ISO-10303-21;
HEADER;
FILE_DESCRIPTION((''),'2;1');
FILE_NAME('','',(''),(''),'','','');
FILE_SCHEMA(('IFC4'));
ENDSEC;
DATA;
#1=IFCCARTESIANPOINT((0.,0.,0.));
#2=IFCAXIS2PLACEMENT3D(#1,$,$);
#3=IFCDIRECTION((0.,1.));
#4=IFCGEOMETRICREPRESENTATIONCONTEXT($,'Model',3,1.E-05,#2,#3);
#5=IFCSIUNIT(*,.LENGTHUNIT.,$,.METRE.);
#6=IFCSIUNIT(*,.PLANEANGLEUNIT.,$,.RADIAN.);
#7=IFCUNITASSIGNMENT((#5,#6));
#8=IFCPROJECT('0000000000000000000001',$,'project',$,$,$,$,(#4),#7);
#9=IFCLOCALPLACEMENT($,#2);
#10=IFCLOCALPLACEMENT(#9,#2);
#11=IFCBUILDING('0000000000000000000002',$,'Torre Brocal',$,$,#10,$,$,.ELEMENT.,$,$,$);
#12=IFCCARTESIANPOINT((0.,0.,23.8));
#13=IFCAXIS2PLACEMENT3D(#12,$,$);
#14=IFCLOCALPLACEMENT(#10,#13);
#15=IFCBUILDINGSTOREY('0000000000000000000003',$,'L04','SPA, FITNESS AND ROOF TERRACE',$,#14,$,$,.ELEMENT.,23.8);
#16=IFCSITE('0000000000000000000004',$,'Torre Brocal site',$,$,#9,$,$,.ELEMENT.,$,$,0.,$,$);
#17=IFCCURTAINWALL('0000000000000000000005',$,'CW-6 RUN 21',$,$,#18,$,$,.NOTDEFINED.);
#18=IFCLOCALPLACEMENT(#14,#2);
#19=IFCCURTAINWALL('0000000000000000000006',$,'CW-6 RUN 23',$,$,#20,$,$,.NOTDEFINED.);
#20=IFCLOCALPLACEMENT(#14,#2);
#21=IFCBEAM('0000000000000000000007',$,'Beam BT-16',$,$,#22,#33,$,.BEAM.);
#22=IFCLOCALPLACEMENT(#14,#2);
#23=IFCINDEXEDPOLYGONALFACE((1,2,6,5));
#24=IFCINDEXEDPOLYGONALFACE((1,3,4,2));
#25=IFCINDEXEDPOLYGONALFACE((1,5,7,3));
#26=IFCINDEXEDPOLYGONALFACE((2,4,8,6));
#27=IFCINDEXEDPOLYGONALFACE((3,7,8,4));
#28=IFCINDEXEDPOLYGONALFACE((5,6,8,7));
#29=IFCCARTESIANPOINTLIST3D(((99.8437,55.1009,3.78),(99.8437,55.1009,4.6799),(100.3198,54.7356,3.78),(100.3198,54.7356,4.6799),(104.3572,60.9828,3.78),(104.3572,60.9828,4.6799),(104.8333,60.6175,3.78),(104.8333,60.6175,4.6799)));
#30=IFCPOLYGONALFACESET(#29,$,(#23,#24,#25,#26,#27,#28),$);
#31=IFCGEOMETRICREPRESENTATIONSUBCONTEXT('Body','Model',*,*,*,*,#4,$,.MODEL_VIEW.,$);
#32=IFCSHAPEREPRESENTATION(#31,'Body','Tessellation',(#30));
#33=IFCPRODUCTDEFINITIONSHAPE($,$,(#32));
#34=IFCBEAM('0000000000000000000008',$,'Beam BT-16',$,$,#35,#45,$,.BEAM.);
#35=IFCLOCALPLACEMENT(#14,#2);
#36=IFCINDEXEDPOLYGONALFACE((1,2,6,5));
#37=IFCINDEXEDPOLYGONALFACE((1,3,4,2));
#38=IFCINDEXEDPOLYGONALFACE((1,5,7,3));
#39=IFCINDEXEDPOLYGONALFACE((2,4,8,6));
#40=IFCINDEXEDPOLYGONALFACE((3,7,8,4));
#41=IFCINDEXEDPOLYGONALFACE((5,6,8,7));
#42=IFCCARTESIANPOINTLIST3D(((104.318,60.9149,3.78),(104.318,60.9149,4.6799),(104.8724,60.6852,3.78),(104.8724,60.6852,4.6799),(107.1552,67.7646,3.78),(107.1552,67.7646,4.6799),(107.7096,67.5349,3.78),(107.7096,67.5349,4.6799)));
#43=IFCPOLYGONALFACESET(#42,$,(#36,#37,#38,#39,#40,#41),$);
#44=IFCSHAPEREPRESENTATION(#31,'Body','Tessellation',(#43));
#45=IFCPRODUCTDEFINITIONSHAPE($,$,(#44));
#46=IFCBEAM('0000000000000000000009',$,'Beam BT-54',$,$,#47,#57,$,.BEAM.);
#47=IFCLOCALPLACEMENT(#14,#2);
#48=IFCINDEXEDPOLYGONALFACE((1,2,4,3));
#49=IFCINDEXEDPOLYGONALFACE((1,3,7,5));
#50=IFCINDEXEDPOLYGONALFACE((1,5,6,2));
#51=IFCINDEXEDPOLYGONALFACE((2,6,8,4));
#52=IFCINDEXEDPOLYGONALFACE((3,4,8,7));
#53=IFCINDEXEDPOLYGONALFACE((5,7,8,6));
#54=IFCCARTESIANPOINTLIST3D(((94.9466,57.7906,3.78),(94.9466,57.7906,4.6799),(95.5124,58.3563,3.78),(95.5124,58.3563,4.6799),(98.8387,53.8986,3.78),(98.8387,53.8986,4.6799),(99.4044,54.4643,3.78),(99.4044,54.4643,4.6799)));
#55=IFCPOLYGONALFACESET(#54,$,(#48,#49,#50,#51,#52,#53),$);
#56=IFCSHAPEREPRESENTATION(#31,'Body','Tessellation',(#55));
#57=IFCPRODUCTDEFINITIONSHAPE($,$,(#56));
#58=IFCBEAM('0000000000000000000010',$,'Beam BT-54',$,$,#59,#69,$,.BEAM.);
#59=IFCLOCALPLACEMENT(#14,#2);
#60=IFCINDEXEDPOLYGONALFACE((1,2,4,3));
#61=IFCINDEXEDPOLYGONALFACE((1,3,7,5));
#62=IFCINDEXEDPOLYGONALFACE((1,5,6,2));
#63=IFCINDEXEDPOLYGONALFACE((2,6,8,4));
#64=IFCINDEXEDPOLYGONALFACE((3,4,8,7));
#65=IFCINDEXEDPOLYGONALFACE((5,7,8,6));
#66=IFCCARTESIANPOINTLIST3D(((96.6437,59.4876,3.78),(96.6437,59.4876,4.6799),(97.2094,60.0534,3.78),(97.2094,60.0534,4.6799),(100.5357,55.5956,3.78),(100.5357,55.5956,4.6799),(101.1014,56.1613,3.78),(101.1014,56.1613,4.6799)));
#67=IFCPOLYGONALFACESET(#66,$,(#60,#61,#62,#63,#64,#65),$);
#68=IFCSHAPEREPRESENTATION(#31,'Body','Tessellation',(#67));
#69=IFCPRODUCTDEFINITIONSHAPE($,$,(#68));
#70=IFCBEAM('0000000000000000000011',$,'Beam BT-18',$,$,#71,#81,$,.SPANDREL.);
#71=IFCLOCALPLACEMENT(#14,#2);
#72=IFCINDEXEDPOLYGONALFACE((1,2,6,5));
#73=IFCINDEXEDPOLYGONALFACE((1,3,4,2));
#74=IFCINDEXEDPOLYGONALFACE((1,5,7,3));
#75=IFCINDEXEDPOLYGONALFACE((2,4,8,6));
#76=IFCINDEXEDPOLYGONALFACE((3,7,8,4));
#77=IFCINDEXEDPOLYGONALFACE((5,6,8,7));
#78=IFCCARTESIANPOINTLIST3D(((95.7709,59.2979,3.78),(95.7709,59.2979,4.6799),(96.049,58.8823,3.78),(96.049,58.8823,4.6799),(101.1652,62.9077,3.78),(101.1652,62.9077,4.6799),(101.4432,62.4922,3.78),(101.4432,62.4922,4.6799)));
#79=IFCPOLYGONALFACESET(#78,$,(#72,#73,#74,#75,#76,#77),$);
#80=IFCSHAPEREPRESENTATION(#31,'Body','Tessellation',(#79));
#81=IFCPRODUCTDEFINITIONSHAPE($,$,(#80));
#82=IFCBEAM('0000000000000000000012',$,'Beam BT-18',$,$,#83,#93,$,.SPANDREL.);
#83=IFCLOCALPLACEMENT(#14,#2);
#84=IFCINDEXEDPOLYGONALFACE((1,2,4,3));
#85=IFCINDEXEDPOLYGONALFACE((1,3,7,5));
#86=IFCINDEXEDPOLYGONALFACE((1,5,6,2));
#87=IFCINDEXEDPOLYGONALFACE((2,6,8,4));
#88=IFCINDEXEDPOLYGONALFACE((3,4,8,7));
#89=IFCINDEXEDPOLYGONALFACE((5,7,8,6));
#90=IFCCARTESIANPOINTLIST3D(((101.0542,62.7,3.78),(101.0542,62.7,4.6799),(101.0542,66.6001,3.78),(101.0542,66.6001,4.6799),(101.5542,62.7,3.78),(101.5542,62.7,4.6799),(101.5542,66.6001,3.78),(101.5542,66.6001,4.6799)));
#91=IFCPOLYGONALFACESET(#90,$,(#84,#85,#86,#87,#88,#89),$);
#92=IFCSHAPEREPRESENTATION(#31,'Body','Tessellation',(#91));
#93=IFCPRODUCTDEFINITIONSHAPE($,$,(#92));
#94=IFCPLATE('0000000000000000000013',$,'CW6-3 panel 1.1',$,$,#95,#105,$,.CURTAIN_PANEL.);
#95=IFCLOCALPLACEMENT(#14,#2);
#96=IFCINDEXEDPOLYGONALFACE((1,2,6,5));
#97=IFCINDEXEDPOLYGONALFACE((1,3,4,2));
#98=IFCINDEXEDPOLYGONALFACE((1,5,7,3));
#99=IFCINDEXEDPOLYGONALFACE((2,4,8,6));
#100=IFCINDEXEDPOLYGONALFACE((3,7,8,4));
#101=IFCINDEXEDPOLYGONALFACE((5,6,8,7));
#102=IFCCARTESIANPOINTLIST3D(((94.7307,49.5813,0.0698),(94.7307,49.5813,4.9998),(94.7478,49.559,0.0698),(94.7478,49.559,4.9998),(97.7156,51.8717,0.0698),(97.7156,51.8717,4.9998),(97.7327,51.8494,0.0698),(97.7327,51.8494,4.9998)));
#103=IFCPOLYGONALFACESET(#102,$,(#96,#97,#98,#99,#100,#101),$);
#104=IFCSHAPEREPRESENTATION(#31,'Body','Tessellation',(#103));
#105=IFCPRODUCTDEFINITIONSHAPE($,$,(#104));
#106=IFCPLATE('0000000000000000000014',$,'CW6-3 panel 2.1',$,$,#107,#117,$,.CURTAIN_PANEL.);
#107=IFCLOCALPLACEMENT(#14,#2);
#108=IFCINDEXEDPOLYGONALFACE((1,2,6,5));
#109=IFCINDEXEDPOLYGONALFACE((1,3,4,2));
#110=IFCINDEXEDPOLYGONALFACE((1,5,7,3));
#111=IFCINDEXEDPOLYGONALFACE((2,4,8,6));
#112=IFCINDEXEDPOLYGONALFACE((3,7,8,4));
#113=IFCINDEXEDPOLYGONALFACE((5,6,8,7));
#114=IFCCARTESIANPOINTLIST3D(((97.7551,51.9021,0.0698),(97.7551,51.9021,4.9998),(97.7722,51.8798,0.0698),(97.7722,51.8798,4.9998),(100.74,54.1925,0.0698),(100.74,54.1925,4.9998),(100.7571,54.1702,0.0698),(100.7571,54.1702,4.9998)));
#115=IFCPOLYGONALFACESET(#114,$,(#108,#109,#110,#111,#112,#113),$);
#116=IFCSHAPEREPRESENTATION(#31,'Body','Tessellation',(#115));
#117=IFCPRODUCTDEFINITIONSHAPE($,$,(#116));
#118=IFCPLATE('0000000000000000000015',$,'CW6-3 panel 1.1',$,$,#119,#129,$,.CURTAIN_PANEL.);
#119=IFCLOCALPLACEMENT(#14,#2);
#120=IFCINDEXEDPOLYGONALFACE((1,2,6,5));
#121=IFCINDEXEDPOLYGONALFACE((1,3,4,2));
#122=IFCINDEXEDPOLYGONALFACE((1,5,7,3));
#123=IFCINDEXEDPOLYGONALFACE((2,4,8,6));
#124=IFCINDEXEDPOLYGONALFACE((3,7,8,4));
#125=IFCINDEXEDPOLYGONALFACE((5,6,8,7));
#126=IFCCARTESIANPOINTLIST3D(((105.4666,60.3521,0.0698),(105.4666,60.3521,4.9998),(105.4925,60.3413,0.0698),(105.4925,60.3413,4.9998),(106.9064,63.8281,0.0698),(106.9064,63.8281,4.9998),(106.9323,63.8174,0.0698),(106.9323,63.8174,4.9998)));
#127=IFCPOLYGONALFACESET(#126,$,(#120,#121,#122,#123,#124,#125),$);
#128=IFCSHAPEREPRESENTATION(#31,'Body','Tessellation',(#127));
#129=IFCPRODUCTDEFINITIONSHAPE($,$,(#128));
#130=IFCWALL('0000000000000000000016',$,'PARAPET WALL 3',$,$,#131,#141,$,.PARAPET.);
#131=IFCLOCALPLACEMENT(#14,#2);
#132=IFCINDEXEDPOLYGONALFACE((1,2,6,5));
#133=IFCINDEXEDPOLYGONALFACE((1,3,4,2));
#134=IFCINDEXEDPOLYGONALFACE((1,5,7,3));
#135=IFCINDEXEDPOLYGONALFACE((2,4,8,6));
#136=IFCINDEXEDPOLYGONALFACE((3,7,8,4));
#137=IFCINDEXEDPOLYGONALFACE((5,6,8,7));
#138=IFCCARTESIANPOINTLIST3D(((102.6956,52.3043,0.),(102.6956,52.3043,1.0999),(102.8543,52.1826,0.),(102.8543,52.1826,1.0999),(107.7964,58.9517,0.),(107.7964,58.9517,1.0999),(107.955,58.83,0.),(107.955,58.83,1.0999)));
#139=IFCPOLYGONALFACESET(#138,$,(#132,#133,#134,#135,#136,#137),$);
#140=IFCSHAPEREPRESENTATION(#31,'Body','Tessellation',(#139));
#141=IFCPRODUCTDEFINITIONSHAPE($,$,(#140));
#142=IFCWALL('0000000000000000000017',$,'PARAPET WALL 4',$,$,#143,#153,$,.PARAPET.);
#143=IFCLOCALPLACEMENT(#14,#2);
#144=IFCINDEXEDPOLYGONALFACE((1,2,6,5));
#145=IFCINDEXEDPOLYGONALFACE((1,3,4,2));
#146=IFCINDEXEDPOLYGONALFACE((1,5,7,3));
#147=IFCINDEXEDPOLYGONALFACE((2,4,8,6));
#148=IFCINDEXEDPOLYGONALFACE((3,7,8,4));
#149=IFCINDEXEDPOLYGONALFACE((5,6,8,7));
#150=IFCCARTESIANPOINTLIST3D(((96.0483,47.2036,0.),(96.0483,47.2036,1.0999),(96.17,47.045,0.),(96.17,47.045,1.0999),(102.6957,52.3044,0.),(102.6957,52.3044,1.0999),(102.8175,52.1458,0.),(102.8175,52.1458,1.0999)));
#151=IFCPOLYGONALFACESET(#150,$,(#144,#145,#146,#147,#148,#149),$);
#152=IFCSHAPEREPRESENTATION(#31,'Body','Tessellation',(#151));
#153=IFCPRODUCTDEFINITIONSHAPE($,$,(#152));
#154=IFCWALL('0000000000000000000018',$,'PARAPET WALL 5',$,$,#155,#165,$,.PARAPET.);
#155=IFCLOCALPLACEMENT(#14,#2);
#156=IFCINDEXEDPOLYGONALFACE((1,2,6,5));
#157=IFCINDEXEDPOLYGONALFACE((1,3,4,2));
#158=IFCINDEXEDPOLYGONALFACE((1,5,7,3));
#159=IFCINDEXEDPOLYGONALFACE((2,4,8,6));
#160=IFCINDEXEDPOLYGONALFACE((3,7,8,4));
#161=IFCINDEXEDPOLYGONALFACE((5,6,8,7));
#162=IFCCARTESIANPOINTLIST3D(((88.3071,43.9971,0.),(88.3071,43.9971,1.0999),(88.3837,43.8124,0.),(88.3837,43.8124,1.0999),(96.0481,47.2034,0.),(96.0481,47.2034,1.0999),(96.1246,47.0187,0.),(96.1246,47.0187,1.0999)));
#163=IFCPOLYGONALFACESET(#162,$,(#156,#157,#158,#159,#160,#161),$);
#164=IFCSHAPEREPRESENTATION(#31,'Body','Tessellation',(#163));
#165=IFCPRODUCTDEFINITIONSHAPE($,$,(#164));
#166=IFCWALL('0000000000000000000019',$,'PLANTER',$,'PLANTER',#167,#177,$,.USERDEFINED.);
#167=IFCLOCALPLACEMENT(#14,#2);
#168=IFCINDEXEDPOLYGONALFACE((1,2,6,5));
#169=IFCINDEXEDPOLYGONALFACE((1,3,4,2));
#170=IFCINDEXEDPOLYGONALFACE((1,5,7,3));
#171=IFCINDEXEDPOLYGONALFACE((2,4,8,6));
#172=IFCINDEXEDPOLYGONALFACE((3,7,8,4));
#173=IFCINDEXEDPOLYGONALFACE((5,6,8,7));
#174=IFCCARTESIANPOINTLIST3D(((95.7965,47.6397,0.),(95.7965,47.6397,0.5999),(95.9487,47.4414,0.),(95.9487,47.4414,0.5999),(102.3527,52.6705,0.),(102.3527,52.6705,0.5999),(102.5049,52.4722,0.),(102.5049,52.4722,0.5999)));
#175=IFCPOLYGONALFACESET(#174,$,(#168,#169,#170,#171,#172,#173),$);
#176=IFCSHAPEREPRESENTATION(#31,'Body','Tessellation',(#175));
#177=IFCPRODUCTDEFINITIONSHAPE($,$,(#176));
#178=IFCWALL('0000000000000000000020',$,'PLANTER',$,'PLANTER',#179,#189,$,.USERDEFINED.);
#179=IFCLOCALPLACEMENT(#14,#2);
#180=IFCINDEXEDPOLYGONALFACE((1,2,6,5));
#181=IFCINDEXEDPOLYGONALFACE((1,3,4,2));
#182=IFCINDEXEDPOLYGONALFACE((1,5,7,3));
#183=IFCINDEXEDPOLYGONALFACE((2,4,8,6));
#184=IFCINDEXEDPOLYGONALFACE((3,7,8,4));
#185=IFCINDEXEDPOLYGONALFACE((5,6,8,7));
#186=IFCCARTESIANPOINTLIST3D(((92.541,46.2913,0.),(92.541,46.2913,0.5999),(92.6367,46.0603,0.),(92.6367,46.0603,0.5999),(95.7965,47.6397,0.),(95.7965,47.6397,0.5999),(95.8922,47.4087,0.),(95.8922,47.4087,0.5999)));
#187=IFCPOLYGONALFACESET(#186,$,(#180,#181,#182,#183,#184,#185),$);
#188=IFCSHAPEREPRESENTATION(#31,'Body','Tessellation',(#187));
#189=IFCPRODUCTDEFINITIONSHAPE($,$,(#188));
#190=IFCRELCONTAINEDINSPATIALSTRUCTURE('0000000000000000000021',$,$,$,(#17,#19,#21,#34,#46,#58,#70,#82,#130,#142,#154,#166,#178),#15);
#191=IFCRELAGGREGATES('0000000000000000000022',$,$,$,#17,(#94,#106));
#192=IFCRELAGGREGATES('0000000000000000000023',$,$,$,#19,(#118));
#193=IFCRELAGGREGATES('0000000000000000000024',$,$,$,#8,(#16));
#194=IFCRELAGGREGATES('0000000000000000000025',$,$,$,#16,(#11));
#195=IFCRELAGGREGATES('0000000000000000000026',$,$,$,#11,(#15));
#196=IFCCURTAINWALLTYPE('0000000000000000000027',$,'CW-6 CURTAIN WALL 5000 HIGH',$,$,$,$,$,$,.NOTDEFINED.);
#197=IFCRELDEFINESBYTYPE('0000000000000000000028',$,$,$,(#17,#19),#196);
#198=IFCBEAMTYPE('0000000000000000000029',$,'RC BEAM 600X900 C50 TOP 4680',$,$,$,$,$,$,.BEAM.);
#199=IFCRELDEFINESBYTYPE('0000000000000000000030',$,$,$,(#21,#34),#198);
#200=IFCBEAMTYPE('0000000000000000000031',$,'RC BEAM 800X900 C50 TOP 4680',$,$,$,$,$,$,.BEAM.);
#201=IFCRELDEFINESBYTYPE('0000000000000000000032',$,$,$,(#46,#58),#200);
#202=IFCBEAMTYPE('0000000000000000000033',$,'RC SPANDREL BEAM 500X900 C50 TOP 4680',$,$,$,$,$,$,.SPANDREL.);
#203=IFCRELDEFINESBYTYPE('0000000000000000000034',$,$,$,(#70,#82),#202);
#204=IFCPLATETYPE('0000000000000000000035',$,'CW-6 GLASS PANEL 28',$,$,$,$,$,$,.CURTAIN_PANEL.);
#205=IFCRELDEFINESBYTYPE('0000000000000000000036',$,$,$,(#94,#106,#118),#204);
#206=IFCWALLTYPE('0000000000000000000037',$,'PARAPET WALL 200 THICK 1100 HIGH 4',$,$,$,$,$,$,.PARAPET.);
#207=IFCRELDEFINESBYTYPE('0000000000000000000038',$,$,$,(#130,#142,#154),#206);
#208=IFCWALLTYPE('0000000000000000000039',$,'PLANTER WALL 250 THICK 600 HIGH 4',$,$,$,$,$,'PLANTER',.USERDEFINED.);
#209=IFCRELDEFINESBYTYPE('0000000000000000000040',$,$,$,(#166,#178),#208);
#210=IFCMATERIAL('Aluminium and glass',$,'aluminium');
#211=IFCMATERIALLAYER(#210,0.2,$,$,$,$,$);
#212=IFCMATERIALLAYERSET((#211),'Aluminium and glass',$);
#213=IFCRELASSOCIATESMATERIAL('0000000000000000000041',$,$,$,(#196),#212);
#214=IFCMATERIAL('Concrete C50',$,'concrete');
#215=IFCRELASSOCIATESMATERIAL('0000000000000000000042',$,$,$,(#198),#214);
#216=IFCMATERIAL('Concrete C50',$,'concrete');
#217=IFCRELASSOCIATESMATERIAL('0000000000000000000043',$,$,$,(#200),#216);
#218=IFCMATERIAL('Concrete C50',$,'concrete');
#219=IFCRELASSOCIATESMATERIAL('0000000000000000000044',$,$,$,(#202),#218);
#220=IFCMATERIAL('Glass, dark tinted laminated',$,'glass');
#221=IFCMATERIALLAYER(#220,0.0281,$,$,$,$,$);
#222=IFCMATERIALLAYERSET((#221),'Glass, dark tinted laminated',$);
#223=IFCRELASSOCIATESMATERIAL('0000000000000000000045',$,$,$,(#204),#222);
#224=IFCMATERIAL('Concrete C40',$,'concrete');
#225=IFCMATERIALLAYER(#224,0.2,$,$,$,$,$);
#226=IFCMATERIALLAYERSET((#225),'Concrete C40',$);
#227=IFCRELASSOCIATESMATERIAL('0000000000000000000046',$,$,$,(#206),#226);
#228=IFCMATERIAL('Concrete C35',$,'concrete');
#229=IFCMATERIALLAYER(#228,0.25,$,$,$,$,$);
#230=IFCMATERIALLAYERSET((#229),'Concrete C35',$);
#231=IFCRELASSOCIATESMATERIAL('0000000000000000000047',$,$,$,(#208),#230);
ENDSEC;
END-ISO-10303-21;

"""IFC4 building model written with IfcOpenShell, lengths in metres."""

from ifc_helpers import new_model, si_unit, direction, frame, frame_2d, origin, origin_2d, place, context, subcontext, project, spatial, rectangle, extrude, material, layer, layer_set, material_profile, profile_set, type_object, element, aggregate, save


model = new_model("IFC4")

# Units and contexts
model_context = context("Model", 3, precision=1e-05, world=origin(), true_north=direction((0.0, 1.0)))
body_context = subcontext(model_context, "Body", "Model", "MODEL_VIEW")
ifc_project = project(units=[si_unit("LENGTHUNIT", "METRE"), si_unit("PLANEANGLEUNIT", "RADIAN")], contexts=[model_context])

# Site, building, storey
site_placement = place(None, origin())
site = spatial("IfcSite", under=ifc_project, at=site_placement, Name="Torre Brocal site", CompositionType="ELEMENT", RefElevation=0.0)
building_placement = place(site_placement, origin())
building = spatial("IfcBuilding", under=site, at=building_placement, Name="Torre Brocal", CompositionType="ELEMENT")
storey_placement = place(building_placement, frame((0.0, 0.0, 23.8)))
storey = spatial("IfcBuildingStorey", under=building, at=storey_placement, Name="L04", Description="SPA, FITNESS AND ROOF TERRACE", CompositionType="ELEMENT", Elevation=23.8)

# Shared definitions
ifc_material_1 = material(Name="Aluminium and glass", Category="aluminium")
ifc_layer_1 = layer(ifc_material_1, 0.2)
ifc_layer_set_1 = layer_set([ifc_layer_1], Name="Aluminium and glass")
curtain_wall_type = type_object("IfcCurtainWallType", Name="CW-6 CURTAIN WALL 5000 HIGH", PredefinedType="NOTDEFINED", material=ifc_layer_set_1)

# Curtain wall
curtain_wall_1_placement = place(storey_placement, origin())
curtain_wall_1 = element("IfcCurtainWall", 1, at=curtain_wall_1_placement, inside=storey, type_object=curtain_wall_type, Name="CW-6 RUN 21", PredefinedType="NOTDEFINED")

# Curtain wall
curtain_wall_2_placement = place(storey_placement, origin())
curtain_wall_2 = element("IfcCurtainWall", 2, at=curtain_wall_2_placement, inside=storey, type_object=curtain_wall_type, Name="CW-6 RUN 23", PredefinedType="NOTDEFINED")

# Beams
ifc_material_2 = material(Name="Concrete C50", Category="concrete")
ifc_material_profile_1 = material_profile(ifc_material_2, rectangle(XDim=0.6001, YDim=0.8999, at=origin_2d()), Name="RC 600X900")
ifc_profile_set_1 = profile_set([ifc_material_profile_1], Name="Concrete C50")
beam_type_1 = type_object("IfcBeamType", Name="RC BEAM 600X900 C50 TOP 4680", PredefinedType="BEAM", material=ifc_profile_set_1)
for number, where, z_axis, x_axis, name in (
    (3, (100.0818, 54.9182, 4.23), (0.608773, 0.793344, 0.0), (-0.793344, 0.608773, 0.0), "Beam BT-16"),
    (4, (104.5952, 60.8, 4.23), (0.382678, 0.923882, 0.0), (-0.923882, 0.382678, 0.0), "Beam BT-16"),
):
    element("IfcBeam", number, at=place(storey_placement, frame(where, z_axis=z_axis, x_axis=x_axis)), inside=storey, type_object=beam_type_1, Name=name, PredefinedType="BEAM", context=body_context, shape_type="SweptSolid", body=[
        extrude(rectangle(XDim=0.6001, YDim=0.8999, at=origin_2d()), origin(), (0.0, 0.0, 1.0), 7.4141),
    ])
ifc_material_3 = material(Name="Concrete C50", Category="concrete")
ifc_material_profile_2 = material_profile(ifc_material_3, rectangle(XDim=0.8, YDim=0.8999, at=origin_2d()), Name="RC 800X900")
ifc_profile_set_2 = profile_set([ifc_material_profile_2], Name="Concrete C50")
beam_type_2 = type_object("IfcBeamType", Name="RC BEAM 800X900 C50 TOP 4680", PredefinedType="BEAM", material=ifc_profile_set_2)
for number, where, z_axis, x_axis, name in (
    (5, (95.2295, 58.0735, 4.23), (0.707107, -0.707107, 0.0), (0.707107, 0.707107, 0.0), "Beam BT-54"),
    (6, (96.9265, 59.7705, 4.23), (0.707107, -0.707107, 0.0), (0.707107, 0.707107, 0.0), "Beam BT-54"),
):
    element("IfcBeam", number, at=place(storey_placement, frame(where, z_axis=z_axis, x_axis=x_axis)), inside=storey, type_object=beam_type_2, Name=name, PredefinedType="BEAM", context=body_context, shape_type="SweptSolid", body=[
        extrude(rectangle(XDim=0.8, YDim=0.8999, at=origin_2d()), origin(), (0.0, 0.0, 1.0), 5.5042),
    ])
ifc_material_4 = material(Name="Concrete C50", Category="concrete")
ifc_material_profile_3 = material_profile(ifc_material_4, rectangle(XDim=0.5, YDim=0.8999, at=origin_2d()), Name="RC 500X900")
ifc_profile_set_3 = profile_set([ifc_material_profile_3], Name="Concrete C50")
beam_type_3 = type_object("IfcBeamType", Name="RC SPANDREL BEAM 500X900 C50 TOP 4680", PredefinedType="SPANDREL", material=ifc_profile_set_3)
beam_1_placement = place(storey_placement, frame((95.9099, 59.0901, 4.23), z_axis=(0.831077, 0.556158, 0.0), x_axis=(-0.556158, 0.831077, 0.0)))
element("IfcBeam", 7, at=beam_1_placement, inside=storey, type_object=beam_type_3, Name="Beam BT-18", PredefinedType="SPANDREL", context=body_context, shape_type="SweptSolid", body=[
    extrude(rectangle(XDim=0.5, YDim=0.8999, at=origin_2d()), origin(), (0.0, 0.0, 1.0), 6.4907),
])
beam_2_placement = place(storey_placement, frame((101.3042, 62.7, 4.23), z_axis=(0.0, 1.0, 0.0), x_axis=(-1.0, 0.0, 0.0)))
element("IfcBeam", 8, at=beam_2_placement, inside=storey, type_object=beam_type_3, Name="Beam BT-18", PredefinedType="SPANDREL", context=body_context, shape_type="SweptSolid", body=[
    extrude(rectangle(XDim=0.5, YDim=0.8999, at=origin_2d()), origin(), (0.0, 0.0, 1.0), 3.9001),
])

# Plates
ifc_material_5 = material(Name="Glass, dark tinted laminated", Category="glass")
ifc_layer_2 = layer(ifc_material_5, 0.0281)
ifc_layer_set_2 = layer_set([ifc_layer_2], Name="Glass, dark tinted laminated")
plate_type = type_object("IfcPlateType", Name="CW-6 GLASS PANEL 28", PredefinedType="CURTAIN_PANEL", material=ifc_layer_set_2)
plate_1_placement = place(storey_placement, frame((96.2317, 50.7153, 0.0698), z_axis=(0.0, 0.0, 1.0), x_axis=(0.793353, 0.608761, 0.0)))
plate_1 = element("IfcPlate", 9, at=plate_1_placement, type_object=plate_type, Name="CW6-3 panel 1.1", PredefinedType="CURTAIN_PANEL", context=body_context, shape_type="SweptSolid", body=[
    extrude(rectangle(XDim=3.7625, YDim=0.0281, at=origin_2d()), origin(), (0.0, 0.0, 1.0), 4.9299),
])
plate_2_placement = place(storey_placement, frame((99.2561, 53.0361, 0.0698), z_axis=(0.0, 0.0, 1.0), x_axis=(0.793353, 0.608761, 0.0)))
plate_2 = element("IfcPlate", 10, at=plate_2_placement, type_object=plate_type, Name="CW6-3 panel 2.1", PredefinedType="CURTAIN_PANEL", context=body_context, shape_type="SweptSolid", body=[
    extrude(rectangle(XDim=3.7625, YDim=0.0281, at=origin_2d()), origin(), (0.0, 0.0, 1.0), 4.9299),
])
aggregate(curtain_wall_1, [plate_1, plate_2])
plate_3_placement = place(storey_placement, frame((106.1995, 62.0847, 0.0698), z_axis=(0.0, 0.0, 1.0), x_axis=(0.382683, 0.92388, 0.0)))
plate_3 = element("IfcPlate", 11, at=plate_3_placement, type_object=plate_type, Name="CW6-3 panel 1.1", PredefinedType="CURTAIN_PANEL", context=body_context, shape_type="SweptSolid", body=[
    extrude(rectangle(XDim=3.7625, YDim=0.0281, at=origin_2d()), origin(), (0.0, 0.0, 1.0), 4.9299),
])
aggregate(curtain_wall_2, [plate_3])

# Walls
ifc_material_6 = material(Name="Concrete C40", Category="concrete")
ifc_layer_3 = layer(ifc_material_6, 0.2)
ifc_layer_set_3 = layer_set([ifc_layer_3], Name="Concrete C40")
wall_type_1 = type_object("IfcWallType", Name="PARAPET WALL 200 THICK 1100 HIGH 4", PredefinedType="PARAPET", material=ifc_layer_set_3)
for number, where, z_axis, x_axis, name in (
    (12, (107.8757, 58.8909, 0.0), (0.0, 0.0, 1.0), (-0.608765, -0.79335, 0.0), "PARAPET WALL 3"),
    (13, (102.7566, 52.2251, 0.0), (0.0, 0.0, 1.0), (-0.79335, -0.608765, 0.0), "PARAPET WALL 4"),
):
    element("IfcWall", number, at=place(storey_placement, frame(where, z_axis=z_axis, x_axis=x_axis)), inside=storey, type_object=wall_type_1, Name=name, PredefinedType="PARAPET", context=body_context, shape_type="SweptSolid", body=[
        extrude(rectangle(XDim=8.3789, YDim=0.2, at=frame_2d((4.1895, 0.0))), origin(), (0.0, 0.0, 1.0), 1.0999),
    ])
wall_1_placement = place(storey_placement, frame((96.0864, 47.1111, 0.0), z_axis=(0.0, 0.0, 1.0), x_axis=(-0.923884, -0.382672, 0.0)))
element("IfcWall", 14, at=wall_1_placement, inside=storey, type_object=wall_type_1, Name="PARAPET WALL 5", PredefinedType="PARAPET", context=body_context, shape_type="SweptSolid", body=[
    extrude(rectangle(XDim=8.3787, YDim=0.2, at=frame_2d((4.1895, 0.0))), origin(), (0.0, 0.0, 1.0), 1.0999),
])
ifc_material_7 = material(Name="Concrete C35", Category="concrete")
ifc_layer_4 = layer(ifc_material_7, 0.25)
ifc_layer_set_4 = layer_set([ifc_layer_4], Name="Concrete C35")
wall_type_2 = type_object("IfcWallType", Name="PLANTER WALL 250 THICK 600 HIGH 4", ElementType="PLANTER", PredefinedType="USERDEFINED", material=ifc_layer_set_4)
wall_2_placement = place(storey_placement, frame((102.4287, 52.5713, 0.0), z_axis=(0.0, 0.0, 1.0), x_axis=(-0.79335, -0.608765, 0.0)))
element("IfcWall", 15, at=wall_2_placement, inside=storey, type_object=wall_type_2, Name="PLANTER", ObjectType="PLANTER", PredefinedType="USERDEFINED", context=body_context, shape_type="SweptSolid", body=[
    extrude(rectangle(XDim=8.2639, YDim=0.25, at=frame_2d((4.1318, 0.0))), origin(), (0.0, 0.0, 1.0), 0.5999),
])
wall_3_placement = place(storey_placement, frame((95.8442, 47.5242, 0.0), z_axis=(0.0, 0.0, 1.0), x_axis=(-0.923883, -0.382676, 0.0)))
element("IfcWall", 16, at=wall_3_placement, inside=storey, type_object=wall_type_2, Name="PLANTER", ObjectType="PLANTER", PredefinedType="USERDEFINED", context=body_context, shape_type="SweptSolid", body=[
    extrude(rectangle(XDim=3.5237, YDim=0.25, at=frame_2d((1.7617, 0.0))), origin(), (0.0, 0.0, 1.0), 0.5999),
])

save(model, "model.ifc")
